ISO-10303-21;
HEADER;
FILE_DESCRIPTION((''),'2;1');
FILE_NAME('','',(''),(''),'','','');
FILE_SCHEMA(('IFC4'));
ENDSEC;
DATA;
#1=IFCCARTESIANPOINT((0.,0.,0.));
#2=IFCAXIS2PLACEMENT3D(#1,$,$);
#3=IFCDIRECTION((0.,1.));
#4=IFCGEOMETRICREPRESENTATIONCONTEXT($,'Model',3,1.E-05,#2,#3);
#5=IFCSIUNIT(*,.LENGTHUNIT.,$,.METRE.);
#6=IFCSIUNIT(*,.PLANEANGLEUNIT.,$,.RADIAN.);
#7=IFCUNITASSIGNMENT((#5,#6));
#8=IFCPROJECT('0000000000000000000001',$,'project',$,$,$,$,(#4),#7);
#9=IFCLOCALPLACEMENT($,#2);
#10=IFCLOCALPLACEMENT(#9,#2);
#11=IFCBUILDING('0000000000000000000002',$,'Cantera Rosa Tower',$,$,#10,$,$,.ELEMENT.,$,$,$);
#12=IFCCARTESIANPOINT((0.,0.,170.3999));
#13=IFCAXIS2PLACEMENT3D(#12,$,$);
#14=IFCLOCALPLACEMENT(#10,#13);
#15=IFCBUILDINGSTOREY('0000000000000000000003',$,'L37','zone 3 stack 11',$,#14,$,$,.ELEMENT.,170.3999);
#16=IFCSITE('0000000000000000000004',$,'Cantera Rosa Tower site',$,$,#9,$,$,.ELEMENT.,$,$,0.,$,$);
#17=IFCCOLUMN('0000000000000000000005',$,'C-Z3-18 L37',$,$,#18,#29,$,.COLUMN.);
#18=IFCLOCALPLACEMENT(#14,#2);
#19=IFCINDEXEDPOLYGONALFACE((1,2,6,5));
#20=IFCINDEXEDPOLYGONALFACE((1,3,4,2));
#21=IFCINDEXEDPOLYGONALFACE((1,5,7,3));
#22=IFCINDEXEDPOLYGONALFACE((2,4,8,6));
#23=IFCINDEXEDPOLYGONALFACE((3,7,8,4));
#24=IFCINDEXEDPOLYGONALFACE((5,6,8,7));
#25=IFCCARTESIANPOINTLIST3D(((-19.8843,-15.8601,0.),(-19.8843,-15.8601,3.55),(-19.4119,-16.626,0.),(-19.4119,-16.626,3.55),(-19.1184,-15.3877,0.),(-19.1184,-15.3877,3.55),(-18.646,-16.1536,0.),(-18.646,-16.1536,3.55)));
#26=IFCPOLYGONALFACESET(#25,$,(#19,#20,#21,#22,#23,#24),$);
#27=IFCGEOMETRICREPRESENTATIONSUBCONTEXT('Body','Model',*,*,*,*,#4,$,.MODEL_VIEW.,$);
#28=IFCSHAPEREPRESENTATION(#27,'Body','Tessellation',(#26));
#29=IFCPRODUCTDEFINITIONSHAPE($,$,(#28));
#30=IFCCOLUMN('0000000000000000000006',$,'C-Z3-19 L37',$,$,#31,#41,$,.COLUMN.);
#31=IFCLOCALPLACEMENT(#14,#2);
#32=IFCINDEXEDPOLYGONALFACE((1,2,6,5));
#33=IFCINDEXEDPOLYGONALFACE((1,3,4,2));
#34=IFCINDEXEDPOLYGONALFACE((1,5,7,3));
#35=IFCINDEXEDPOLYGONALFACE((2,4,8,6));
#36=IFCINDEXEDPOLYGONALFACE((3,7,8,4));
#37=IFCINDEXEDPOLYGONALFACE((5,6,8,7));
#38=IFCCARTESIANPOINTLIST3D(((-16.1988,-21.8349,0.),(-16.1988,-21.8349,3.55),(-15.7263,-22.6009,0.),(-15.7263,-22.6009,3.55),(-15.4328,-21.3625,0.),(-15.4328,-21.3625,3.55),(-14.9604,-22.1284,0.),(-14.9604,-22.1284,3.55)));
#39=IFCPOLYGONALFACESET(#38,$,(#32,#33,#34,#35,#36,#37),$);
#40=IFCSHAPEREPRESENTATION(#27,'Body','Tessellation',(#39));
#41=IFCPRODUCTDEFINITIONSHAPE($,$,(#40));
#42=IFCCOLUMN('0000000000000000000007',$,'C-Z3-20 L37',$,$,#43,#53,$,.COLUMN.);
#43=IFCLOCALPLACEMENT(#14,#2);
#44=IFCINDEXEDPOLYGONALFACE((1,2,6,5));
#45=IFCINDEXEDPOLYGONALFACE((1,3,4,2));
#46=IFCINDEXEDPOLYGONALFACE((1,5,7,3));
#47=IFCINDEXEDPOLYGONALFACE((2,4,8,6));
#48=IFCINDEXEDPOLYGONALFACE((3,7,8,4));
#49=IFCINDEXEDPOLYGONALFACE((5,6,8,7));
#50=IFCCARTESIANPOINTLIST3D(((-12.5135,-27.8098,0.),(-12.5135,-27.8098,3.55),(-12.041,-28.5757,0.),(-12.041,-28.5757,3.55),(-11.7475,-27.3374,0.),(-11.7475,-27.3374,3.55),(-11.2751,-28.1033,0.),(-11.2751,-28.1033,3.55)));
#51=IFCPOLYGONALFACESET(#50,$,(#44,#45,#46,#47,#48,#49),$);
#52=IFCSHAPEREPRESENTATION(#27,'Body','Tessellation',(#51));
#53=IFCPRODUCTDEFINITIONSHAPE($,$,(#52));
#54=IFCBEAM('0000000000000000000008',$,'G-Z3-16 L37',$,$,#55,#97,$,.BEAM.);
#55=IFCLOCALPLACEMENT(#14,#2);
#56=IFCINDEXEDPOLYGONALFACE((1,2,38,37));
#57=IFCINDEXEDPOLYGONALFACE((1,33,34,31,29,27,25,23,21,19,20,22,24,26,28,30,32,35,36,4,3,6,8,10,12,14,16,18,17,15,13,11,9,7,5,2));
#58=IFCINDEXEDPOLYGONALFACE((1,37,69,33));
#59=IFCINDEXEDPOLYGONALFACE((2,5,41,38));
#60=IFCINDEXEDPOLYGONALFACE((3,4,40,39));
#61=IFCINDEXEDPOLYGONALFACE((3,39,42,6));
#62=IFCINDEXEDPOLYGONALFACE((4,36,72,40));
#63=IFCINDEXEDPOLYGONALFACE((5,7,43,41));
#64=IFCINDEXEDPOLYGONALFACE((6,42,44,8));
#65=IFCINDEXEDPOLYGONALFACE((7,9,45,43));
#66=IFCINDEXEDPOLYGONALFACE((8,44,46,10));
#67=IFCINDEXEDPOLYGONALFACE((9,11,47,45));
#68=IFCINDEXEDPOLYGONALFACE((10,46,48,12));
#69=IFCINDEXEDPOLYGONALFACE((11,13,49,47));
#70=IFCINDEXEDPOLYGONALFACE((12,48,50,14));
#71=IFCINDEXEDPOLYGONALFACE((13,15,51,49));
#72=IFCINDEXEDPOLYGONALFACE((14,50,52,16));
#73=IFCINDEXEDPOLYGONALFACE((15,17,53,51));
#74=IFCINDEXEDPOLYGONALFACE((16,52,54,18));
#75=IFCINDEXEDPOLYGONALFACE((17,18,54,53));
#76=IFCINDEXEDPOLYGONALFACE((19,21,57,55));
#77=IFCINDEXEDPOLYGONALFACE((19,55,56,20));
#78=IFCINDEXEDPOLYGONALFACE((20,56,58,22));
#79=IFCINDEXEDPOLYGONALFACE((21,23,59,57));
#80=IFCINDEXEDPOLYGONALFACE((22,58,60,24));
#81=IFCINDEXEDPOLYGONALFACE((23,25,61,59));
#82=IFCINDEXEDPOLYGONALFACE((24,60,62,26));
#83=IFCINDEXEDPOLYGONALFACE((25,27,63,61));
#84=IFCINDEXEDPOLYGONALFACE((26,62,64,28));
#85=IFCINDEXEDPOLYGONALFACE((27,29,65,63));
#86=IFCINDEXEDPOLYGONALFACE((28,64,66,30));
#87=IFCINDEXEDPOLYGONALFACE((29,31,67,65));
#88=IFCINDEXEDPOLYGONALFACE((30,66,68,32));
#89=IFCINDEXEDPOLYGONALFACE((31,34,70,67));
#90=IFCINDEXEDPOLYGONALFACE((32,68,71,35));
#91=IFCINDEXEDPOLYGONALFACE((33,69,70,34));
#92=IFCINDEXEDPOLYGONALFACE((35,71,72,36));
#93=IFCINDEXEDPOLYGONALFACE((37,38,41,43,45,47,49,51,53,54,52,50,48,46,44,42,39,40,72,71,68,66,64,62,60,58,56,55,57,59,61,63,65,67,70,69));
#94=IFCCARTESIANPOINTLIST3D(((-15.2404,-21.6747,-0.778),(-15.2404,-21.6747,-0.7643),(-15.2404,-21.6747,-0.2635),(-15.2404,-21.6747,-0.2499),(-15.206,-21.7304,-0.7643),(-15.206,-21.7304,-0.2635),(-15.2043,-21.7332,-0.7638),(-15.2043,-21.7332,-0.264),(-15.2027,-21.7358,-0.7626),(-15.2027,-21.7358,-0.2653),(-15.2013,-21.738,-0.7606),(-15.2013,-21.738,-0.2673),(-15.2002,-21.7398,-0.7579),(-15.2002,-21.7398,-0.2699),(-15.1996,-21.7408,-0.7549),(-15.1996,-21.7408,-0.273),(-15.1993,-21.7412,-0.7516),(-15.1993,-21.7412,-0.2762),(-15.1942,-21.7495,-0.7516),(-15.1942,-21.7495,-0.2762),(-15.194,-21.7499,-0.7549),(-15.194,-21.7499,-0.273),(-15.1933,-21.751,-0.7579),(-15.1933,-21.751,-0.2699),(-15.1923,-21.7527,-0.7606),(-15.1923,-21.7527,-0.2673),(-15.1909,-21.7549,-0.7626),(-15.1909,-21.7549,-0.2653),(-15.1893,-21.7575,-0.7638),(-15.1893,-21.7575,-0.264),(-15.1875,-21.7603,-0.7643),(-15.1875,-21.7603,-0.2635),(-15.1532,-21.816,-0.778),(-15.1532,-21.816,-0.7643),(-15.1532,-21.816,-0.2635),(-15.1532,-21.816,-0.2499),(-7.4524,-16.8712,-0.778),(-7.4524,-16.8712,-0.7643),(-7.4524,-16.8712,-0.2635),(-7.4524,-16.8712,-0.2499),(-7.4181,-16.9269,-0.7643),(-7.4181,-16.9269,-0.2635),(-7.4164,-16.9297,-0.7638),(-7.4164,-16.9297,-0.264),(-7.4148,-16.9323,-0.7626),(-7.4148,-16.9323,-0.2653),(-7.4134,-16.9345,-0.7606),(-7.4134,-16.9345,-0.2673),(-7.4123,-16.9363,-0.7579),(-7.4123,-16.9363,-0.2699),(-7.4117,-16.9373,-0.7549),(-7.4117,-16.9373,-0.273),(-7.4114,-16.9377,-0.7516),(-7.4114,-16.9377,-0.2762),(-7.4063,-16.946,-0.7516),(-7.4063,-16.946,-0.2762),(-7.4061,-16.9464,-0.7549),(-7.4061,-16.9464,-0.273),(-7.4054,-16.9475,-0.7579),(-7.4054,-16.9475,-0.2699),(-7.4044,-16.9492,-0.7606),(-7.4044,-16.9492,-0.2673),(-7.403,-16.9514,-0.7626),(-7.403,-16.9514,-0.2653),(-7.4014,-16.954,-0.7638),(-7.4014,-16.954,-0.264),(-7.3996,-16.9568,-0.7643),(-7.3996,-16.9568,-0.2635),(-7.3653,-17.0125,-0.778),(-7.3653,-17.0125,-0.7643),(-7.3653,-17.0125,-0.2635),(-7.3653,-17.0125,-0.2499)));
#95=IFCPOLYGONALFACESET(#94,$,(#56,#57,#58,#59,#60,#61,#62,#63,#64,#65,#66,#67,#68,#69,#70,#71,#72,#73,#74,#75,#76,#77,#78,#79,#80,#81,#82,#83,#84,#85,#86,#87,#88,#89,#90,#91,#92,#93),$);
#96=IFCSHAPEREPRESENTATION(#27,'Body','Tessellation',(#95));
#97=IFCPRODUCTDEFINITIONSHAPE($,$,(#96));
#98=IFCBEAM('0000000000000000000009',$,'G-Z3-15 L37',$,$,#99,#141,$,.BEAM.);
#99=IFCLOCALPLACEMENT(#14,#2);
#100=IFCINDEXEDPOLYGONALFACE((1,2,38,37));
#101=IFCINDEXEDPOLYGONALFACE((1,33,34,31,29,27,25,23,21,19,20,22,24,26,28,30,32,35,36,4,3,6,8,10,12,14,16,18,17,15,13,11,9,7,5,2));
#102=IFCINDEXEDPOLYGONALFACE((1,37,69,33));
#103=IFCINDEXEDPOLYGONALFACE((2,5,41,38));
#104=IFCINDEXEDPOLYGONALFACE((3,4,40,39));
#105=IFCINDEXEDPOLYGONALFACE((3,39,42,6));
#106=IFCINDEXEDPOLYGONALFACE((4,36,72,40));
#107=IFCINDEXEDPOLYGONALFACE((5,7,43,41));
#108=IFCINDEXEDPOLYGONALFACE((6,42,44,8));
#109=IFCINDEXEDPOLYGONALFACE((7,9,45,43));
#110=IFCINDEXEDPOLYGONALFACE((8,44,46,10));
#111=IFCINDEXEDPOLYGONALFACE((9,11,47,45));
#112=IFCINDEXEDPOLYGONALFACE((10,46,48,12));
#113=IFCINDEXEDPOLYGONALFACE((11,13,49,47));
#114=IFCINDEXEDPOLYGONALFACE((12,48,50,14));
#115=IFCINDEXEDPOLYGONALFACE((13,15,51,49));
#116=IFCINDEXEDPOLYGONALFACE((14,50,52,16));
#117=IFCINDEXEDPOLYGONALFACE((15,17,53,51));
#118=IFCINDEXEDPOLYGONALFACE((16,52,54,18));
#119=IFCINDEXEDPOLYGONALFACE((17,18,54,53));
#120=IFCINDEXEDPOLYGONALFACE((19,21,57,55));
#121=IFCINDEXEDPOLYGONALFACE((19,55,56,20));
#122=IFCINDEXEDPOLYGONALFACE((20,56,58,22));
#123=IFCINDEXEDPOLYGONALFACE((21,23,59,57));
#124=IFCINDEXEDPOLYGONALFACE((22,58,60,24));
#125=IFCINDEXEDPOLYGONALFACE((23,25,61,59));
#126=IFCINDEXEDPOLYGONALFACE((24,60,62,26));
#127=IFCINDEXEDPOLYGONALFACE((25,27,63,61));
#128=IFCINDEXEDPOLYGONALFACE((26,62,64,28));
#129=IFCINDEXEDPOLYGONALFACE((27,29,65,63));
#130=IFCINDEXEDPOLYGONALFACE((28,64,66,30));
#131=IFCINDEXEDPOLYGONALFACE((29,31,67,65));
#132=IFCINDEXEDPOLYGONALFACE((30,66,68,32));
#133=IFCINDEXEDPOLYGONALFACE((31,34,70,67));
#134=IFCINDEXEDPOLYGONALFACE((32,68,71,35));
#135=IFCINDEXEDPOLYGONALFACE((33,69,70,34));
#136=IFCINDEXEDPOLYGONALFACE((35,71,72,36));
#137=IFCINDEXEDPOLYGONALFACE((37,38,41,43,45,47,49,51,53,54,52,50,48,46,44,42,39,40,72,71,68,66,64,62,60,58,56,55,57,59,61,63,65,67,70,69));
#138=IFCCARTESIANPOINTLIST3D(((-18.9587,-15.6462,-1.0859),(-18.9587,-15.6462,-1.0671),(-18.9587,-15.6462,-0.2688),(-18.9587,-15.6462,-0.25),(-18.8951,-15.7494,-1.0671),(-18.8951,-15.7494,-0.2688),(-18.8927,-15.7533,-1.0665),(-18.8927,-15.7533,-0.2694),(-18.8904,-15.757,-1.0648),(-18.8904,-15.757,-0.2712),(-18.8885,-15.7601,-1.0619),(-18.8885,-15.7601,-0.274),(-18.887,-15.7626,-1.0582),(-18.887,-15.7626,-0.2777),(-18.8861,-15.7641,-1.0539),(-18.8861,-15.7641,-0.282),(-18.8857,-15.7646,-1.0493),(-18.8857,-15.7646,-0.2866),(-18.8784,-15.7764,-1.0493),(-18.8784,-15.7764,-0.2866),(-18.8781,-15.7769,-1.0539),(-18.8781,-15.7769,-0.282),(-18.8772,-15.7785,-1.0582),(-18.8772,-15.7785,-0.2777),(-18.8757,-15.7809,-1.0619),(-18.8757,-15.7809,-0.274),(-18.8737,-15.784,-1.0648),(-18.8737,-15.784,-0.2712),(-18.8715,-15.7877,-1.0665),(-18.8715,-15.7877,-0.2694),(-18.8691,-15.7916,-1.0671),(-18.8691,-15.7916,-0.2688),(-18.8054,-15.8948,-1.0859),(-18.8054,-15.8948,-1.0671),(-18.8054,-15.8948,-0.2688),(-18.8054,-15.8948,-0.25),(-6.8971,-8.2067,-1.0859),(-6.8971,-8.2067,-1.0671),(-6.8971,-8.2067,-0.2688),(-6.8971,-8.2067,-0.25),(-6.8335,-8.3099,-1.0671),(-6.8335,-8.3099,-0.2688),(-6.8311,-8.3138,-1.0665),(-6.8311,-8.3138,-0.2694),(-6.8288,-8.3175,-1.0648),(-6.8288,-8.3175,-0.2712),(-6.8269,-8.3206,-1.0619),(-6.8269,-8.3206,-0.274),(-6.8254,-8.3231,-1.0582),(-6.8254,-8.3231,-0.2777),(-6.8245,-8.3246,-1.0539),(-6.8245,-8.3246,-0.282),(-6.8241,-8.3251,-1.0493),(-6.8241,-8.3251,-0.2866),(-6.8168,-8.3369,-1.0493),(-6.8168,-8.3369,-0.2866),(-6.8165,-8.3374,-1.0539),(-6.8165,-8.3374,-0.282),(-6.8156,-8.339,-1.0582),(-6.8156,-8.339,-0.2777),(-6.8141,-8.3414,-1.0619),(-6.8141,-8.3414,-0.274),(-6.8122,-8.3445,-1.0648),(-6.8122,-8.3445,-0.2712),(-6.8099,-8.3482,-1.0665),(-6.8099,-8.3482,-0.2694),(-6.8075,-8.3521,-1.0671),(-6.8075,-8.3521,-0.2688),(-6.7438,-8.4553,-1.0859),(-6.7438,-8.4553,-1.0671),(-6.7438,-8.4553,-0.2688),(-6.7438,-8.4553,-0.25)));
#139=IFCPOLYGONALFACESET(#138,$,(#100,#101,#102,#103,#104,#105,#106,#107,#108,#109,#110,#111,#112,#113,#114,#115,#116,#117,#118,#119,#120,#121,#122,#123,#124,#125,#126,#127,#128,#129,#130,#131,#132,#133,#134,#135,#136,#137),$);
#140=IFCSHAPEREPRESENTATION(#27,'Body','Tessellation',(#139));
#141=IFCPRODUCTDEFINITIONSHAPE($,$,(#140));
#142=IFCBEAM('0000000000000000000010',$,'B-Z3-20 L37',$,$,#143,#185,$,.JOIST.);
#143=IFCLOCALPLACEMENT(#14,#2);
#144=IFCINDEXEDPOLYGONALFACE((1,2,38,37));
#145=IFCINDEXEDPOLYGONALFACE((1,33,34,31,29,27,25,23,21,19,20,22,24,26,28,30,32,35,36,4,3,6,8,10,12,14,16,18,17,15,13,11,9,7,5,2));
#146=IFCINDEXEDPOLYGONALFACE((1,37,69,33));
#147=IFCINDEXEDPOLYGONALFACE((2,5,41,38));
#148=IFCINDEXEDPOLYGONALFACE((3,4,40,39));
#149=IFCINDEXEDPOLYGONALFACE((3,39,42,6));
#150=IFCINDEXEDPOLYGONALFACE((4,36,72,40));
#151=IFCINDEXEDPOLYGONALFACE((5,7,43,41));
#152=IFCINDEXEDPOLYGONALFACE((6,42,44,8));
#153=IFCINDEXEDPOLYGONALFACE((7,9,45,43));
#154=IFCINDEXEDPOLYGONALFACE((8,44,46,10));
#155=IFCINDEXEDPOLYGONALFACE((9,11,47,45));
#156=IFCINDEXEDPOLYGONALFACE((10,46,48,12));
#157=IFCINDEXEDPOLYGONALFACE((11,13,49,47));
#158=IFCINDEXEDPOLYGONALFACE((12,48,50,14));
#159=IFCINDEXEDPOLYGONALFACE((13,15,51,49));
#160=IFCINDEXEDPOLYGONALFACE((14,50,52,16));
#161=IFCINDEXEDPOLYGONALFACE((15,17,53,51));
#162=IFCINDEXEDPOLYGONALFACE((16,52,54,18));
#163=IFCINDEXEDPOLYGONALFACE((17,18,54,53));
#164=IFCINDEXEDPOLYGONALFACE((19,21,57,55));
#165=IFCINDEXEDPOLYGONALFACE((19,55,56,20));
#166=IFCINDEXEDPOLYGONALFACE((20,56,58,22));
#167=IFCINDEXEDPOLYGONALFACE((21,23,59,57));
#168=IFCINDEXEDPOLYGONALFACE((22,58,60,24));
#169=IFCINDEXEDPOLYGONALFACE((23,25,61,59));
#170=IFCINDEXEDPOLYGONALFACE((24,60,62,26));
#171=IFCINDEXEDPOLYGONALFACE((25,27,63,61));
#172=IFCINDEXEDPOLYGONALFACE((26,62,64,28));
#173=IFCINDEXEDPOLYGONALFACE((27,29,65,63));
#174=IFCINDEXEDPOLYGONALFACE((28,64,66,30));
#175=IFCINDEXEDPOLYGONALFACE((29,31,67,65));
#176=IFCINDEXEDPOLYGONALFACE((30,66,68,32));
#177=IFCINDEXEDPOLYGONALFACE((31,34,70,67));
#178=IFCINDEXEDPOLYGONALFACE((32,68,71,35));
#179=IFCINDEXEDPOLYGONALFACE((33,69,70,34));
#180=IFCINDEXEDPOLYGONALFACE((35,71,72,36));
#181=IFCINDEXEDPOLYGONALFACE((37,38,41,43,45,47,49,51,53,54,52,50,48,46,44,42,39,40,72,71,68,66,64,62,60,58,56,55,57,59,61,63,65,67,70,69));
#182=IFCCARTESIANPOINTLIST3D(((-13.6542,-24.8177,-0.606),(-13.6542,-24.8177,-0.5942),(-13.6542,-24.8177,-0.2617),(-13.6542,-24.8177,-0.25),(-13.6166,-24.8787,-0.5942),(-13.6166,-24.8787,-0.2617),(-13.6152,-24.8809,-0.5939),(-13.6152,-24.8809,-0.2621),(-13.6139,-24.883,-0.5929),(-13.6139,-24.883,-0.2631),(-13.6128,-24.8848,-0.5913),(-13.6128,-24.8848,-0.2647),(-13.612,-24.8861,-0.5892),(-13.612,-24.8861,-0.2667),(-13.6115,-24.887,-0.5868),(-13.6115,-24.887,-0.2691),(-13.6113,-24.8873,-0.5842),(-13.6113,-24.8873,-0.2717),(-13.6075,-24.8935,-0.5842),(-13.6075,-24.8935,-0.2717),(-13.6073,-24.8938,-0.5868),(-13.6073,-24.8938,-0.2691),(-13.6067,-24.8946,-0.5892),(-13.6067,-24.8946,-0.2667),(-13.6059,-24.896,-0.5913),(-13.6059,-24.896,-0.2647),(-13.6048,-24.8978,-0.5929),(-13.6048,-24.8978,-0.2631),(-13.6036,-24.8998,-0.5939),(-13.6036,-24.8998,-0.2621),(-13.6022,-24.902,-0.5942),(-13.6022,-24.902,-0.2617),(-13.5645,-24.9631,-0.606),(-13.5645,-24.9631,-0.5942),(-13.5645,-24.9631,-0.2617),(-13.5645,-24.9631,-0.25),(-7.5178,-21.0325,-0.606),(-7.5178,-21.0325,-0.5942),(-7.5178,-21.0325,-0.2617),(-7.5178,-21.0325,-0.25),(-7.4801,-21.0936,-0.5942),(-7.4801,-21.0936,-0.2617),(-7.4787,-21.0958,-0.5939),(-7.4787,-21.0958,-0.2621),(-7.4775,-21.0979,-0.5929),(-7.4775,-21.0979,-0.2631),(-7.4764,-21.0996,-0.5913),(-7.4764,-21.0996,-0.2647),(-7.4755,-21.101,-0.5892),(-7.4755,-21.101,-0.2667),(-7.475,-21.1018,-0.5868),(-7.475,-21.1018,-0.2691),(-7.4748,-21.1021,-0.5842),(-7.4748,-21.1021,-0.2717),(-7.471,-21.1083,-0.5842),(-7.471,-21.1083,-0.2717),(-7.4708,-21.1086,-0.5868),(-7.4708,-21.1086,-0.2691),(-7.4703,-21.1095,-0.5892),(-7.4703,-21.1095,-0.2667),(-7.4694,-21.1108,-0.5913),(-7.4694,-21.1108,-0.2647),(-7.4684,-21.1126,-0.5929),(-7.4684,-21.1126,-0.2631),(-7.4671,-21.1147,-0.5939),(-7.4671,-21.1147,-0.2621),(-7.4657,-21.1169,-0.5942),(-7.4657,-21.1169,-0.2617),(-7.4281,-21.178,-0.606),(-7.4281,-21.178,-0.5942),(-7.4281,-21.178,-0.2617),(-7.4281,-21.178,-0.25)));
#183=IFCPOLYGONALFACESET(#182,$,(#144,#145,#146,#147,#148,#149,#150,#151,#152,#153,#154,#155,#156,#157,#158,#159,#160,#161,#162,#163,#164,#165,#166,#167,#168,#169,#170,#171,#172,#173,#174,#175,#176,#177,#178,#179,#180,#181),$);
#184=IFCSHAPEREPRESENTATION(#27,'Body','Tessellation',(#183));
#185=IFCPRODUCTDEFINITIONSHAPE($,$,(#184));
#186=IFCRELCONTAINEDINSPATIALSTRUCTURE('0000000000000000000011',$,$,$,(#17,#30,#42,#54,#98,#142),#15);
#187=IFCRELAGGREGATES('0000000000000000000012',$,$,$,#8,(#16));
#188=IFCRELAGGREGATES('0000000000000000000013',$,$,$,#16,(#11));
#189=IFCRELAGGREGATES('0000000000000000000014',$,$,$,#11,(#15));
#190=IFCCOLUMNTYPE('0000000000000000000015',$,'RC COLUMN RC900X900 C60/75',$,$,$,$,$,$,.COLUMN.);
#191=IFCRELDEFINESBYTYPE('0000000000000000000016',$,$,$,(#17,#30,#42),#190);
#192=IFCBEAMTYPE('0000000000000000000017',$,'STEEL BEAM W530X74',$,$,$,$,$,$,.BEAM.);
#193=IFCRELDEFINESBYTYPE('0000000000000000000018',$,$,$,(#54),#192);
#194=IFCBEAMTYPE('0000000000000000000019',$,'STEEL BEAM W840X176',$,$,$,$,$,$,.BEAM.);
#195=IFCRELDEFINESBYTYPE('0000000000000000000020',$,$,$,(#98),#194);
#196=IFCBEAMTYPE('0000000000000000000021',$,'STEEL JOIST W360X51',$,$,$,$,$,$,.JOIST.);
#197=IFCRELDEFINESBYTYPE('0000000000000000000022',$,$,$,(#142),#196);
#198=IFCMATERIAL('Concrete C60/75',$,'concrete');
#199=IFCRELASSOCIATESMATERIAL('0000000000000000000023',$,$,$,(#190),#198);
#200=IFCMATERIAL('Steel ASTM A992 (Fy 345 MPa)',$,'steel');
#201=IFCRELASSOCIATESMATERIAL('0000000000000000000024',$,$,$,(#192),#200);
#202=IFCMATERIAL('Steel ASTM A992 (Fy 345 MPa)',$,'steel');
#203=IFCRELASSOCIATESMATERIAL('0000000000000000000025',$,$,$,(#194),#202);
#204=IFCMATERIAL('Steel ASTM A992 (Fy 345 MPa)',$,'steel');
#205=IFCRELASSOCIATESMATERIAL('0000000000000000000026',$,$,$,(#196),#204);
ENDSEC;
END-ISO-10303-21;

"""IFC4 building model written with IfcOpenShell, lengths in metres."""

from ifc_helpers import new_model, si_unit, direction, frame, origin, origin_2d, place, context, subcontext, project, spatial, rectangle, i_section, extrude, material, material_profile, profile_set, type_object, element, save


model = new_model("IFC4")

# Units and contexts
model_context = context("Model", 3, precision=1e-05, world=origin(), true_north=direction((0.0, 1.0)))
body_context = subcontext(model_context, "Body", "Model", "MODEL_VIEW")
ifc_project = project(units=[si_unit("LENGTHUNIT", "METRE"), si_unit("PLANEANGLEUNIT", "RADIAN")], contexts=[model_context])

# Site, building, storey
site_placement = place(None, origin())
site = spatial("IfcSite", under=ifc_project, at=site_placement, Name="Cantera Rosa Tower site", CompositionType="ELEMENT", RefElevation=0.0)
building_placement = place(site_placement, origin())
building = spatial("IfcBuilding", under=site, at=building_placement, Name="Cantera Rosa Tower", CompositionType="ELEMENT")
storey_placement = place(building_placement, frame((0.0, 0.0, 170.3999)))
storey = spatial("IfcBuildingStorey", under=building, at=storey_placement, Name="L37", Description="zone 3 stack 11", CompositionType="ELEMENT", Elevation=170.3999)

# Columns
ifc_material_1 = material(Name="Concrete C60/75", Category="concrete")
ifc_material_profile_1 = material_profile(ifc_material_1, rectangle(XDim=0.8999, YDim=0.8999, at=origin_2d()), Name="RC COLUMN RC900X900 C60/75")
ifc_profile_set_1 = profile_set([ifc_material_profile_1], Name="Concrete C60/75")
column_type = type_object("IfcColumnType", Name="RC COLUMN RC900X900 C60/75", PredefinedType="COLUMN", material=ifc_profile_set_1)
for number, where, z_axis, x_axis, name in (
    (1, (-19.2651, -16.0068, 0.0), (0.0, 0.0, 1.0), (0.851117, 0.524977, 0.0), "C-Z3-18 L37"),
    (2, (-15.5796, -21.9817, 0.0), (0.0, 0.0, 1.0), (0.851117, 0.524977, 0.0), "C-Z3-19 L37"),
    (3, (-11.8943, -27.9565, 0.0), (0.0, 0.0, 1.0), (0.851117, 0.524977, 0.0), "C-Z3-20 L37"),
):
    element("IfcColumn", number, at=place(storey_placement, frame(where, z_axis=z_axis, x_axis=x_axis)), inside=storey, type_object=column_type, Name=name, PredefinedType="COLUMN", context=body_context, shape_type="SweptSolid", body=[
        extrude(rectangle(XDim=0.8999, YDim=0.8999, at=origin_2d()), origin(), (0.0, 0.0, 1.0), 3.55),
    ])

# Beams
ifc_material_2 = material(Name="Steel ASTM A992 (Fy 345 MPa)", Category="steel")
ifc_material_profile_2 = material_profile(ifc_material_2, i_section(OverallWidth=0.166, OverallDepth=0.5281, WebThickness=0.0098, FlangeThickness=0.0137, FilletRadius=0.0127, at=origin_2d()), Name="W530X74")
ifc_profile_set_2 = profile_set([ifc_material_profile_2], Name="Steel ASTM A992 (Fy 345 MPa)")
beam_type_1 = type_object("IfcBeamType", Name="STEEL BEAM W530X74", PredefinedType="BEAM", material=ifc_profile_set_2)
beam_1_placement = place(storey_placement, frame((-15.1968, -21.7454, -0.5139), z_axis=(0.851124, 0.524965, 0.0), x_axis=(-0.524965, 0.851124, 0.0)))
element("IfcBeam", 4, at=beam_1_placement, inside=storey, type_object=beam_type_1, Name="G-Z3-16 L37", PredefinedType="BEAM", context=body_context, shape_type="SweptSolid", body=[
    extrude(i_section(OverallWidth=0.166, OverallDepth=0.5281, WebThickness=0.0098, FlangeThickness=0.0137, FilletRadius=0.0127, at=origin_2d()), origin(), (0.0, 0.0, 1.0), 9.1501),
])
ifc_material_3 = material(Name="Steel ASTM A992 (Fy 345 MPa)", Category="steel")
ifc_material_profile_3 = material_profile(ifc_material_3, i_section(OverallWidth=0.292, OverallDepth=0.8359, WebThickness=0.0139, FlangeThickness=0.0188, FilletRadius=0.0178, at=origin_2d()), Name="W840X176")
ifc_profile_set_3 = profile_set([ifc_material_profile_3], Name="Steel ASTM A992 (Fy 345 MPa)")
beam_type_2 = type_object("IfcBeamType", Name="STEEL BEAM W840X176", PredefinedType="BEAM", material=ifc_profile_set_3)
beam_2_placement = place(storey_placement, frame((-18.8821, -15.7705, -0.668), z_axis=(0.851123, 0.524966, 0.0), x_axis=(-0.524966, 0.851123, 0.0)))
element("IfcBeam", 5, at=beam_2_placement, inside=storey, type_object=beam_type_2, Name="G-Z3-15 L37", PredefinedType="BEAM", context=body_context, shape_type="SweptSolid", body=[
    extrude(i_section(OverallWidth=0.292, OverallDepth=0.8359, WebThickness=0.0139, FlangeThickness=0.0188, FilletRadius=0.0178, at=origin_2d()), origin(), (0.0, 0.0, 1.0), 14.1714),
])
ifc_material_4 = material(Name="Steel ASTM A992 (Fy 345 MPa)", Category="steel")
ifc_material_profile_4 = material_profile(ifc_material_4, i_section(OverallWidth=0.1709, OverallDepth=0.356, WebThickness=0.0073, FlangeThickness=0.0117, FilletRadius=0.01, at=origin_2d()), Name="W360X51")
ifc_profile_set_4 = profile_set([ifc_material_profile_4], Name="Steel ASTM A992 (Fy 345 MPa)")
beam_type_3 = type_object("IfcBeamType", Name="STEEL JOIST W360X51", PredefinedType="JOIST", material=ifc_profile_set_4)
beam_3_placement = place(storey_placement, frame((-13.6094, -24.8904, -0.428), z_axis=(0.851109, 0.524989, 0.0), x_axis=(-0.524989, 0.851109, 0.0)))
element("IfcBeam", 6, at=beam_3_placement, inside=storey, type_object=beam_type_3, Name="B-Z3-20 L37", PredefinedType="JOIST", context=body_context, shape_type="SweptSolid", body=[
    extrude(i_section(OverallWidth=0.1709, OverallDepth=0.356, WebThickness=0.0073, FlangeThickness=0.0117, FilletRadius=0.01, at=origin_2d()), origin(), (0.0, 0.0, 1.0), 7.21),
])

save(model, "model.ifc")
